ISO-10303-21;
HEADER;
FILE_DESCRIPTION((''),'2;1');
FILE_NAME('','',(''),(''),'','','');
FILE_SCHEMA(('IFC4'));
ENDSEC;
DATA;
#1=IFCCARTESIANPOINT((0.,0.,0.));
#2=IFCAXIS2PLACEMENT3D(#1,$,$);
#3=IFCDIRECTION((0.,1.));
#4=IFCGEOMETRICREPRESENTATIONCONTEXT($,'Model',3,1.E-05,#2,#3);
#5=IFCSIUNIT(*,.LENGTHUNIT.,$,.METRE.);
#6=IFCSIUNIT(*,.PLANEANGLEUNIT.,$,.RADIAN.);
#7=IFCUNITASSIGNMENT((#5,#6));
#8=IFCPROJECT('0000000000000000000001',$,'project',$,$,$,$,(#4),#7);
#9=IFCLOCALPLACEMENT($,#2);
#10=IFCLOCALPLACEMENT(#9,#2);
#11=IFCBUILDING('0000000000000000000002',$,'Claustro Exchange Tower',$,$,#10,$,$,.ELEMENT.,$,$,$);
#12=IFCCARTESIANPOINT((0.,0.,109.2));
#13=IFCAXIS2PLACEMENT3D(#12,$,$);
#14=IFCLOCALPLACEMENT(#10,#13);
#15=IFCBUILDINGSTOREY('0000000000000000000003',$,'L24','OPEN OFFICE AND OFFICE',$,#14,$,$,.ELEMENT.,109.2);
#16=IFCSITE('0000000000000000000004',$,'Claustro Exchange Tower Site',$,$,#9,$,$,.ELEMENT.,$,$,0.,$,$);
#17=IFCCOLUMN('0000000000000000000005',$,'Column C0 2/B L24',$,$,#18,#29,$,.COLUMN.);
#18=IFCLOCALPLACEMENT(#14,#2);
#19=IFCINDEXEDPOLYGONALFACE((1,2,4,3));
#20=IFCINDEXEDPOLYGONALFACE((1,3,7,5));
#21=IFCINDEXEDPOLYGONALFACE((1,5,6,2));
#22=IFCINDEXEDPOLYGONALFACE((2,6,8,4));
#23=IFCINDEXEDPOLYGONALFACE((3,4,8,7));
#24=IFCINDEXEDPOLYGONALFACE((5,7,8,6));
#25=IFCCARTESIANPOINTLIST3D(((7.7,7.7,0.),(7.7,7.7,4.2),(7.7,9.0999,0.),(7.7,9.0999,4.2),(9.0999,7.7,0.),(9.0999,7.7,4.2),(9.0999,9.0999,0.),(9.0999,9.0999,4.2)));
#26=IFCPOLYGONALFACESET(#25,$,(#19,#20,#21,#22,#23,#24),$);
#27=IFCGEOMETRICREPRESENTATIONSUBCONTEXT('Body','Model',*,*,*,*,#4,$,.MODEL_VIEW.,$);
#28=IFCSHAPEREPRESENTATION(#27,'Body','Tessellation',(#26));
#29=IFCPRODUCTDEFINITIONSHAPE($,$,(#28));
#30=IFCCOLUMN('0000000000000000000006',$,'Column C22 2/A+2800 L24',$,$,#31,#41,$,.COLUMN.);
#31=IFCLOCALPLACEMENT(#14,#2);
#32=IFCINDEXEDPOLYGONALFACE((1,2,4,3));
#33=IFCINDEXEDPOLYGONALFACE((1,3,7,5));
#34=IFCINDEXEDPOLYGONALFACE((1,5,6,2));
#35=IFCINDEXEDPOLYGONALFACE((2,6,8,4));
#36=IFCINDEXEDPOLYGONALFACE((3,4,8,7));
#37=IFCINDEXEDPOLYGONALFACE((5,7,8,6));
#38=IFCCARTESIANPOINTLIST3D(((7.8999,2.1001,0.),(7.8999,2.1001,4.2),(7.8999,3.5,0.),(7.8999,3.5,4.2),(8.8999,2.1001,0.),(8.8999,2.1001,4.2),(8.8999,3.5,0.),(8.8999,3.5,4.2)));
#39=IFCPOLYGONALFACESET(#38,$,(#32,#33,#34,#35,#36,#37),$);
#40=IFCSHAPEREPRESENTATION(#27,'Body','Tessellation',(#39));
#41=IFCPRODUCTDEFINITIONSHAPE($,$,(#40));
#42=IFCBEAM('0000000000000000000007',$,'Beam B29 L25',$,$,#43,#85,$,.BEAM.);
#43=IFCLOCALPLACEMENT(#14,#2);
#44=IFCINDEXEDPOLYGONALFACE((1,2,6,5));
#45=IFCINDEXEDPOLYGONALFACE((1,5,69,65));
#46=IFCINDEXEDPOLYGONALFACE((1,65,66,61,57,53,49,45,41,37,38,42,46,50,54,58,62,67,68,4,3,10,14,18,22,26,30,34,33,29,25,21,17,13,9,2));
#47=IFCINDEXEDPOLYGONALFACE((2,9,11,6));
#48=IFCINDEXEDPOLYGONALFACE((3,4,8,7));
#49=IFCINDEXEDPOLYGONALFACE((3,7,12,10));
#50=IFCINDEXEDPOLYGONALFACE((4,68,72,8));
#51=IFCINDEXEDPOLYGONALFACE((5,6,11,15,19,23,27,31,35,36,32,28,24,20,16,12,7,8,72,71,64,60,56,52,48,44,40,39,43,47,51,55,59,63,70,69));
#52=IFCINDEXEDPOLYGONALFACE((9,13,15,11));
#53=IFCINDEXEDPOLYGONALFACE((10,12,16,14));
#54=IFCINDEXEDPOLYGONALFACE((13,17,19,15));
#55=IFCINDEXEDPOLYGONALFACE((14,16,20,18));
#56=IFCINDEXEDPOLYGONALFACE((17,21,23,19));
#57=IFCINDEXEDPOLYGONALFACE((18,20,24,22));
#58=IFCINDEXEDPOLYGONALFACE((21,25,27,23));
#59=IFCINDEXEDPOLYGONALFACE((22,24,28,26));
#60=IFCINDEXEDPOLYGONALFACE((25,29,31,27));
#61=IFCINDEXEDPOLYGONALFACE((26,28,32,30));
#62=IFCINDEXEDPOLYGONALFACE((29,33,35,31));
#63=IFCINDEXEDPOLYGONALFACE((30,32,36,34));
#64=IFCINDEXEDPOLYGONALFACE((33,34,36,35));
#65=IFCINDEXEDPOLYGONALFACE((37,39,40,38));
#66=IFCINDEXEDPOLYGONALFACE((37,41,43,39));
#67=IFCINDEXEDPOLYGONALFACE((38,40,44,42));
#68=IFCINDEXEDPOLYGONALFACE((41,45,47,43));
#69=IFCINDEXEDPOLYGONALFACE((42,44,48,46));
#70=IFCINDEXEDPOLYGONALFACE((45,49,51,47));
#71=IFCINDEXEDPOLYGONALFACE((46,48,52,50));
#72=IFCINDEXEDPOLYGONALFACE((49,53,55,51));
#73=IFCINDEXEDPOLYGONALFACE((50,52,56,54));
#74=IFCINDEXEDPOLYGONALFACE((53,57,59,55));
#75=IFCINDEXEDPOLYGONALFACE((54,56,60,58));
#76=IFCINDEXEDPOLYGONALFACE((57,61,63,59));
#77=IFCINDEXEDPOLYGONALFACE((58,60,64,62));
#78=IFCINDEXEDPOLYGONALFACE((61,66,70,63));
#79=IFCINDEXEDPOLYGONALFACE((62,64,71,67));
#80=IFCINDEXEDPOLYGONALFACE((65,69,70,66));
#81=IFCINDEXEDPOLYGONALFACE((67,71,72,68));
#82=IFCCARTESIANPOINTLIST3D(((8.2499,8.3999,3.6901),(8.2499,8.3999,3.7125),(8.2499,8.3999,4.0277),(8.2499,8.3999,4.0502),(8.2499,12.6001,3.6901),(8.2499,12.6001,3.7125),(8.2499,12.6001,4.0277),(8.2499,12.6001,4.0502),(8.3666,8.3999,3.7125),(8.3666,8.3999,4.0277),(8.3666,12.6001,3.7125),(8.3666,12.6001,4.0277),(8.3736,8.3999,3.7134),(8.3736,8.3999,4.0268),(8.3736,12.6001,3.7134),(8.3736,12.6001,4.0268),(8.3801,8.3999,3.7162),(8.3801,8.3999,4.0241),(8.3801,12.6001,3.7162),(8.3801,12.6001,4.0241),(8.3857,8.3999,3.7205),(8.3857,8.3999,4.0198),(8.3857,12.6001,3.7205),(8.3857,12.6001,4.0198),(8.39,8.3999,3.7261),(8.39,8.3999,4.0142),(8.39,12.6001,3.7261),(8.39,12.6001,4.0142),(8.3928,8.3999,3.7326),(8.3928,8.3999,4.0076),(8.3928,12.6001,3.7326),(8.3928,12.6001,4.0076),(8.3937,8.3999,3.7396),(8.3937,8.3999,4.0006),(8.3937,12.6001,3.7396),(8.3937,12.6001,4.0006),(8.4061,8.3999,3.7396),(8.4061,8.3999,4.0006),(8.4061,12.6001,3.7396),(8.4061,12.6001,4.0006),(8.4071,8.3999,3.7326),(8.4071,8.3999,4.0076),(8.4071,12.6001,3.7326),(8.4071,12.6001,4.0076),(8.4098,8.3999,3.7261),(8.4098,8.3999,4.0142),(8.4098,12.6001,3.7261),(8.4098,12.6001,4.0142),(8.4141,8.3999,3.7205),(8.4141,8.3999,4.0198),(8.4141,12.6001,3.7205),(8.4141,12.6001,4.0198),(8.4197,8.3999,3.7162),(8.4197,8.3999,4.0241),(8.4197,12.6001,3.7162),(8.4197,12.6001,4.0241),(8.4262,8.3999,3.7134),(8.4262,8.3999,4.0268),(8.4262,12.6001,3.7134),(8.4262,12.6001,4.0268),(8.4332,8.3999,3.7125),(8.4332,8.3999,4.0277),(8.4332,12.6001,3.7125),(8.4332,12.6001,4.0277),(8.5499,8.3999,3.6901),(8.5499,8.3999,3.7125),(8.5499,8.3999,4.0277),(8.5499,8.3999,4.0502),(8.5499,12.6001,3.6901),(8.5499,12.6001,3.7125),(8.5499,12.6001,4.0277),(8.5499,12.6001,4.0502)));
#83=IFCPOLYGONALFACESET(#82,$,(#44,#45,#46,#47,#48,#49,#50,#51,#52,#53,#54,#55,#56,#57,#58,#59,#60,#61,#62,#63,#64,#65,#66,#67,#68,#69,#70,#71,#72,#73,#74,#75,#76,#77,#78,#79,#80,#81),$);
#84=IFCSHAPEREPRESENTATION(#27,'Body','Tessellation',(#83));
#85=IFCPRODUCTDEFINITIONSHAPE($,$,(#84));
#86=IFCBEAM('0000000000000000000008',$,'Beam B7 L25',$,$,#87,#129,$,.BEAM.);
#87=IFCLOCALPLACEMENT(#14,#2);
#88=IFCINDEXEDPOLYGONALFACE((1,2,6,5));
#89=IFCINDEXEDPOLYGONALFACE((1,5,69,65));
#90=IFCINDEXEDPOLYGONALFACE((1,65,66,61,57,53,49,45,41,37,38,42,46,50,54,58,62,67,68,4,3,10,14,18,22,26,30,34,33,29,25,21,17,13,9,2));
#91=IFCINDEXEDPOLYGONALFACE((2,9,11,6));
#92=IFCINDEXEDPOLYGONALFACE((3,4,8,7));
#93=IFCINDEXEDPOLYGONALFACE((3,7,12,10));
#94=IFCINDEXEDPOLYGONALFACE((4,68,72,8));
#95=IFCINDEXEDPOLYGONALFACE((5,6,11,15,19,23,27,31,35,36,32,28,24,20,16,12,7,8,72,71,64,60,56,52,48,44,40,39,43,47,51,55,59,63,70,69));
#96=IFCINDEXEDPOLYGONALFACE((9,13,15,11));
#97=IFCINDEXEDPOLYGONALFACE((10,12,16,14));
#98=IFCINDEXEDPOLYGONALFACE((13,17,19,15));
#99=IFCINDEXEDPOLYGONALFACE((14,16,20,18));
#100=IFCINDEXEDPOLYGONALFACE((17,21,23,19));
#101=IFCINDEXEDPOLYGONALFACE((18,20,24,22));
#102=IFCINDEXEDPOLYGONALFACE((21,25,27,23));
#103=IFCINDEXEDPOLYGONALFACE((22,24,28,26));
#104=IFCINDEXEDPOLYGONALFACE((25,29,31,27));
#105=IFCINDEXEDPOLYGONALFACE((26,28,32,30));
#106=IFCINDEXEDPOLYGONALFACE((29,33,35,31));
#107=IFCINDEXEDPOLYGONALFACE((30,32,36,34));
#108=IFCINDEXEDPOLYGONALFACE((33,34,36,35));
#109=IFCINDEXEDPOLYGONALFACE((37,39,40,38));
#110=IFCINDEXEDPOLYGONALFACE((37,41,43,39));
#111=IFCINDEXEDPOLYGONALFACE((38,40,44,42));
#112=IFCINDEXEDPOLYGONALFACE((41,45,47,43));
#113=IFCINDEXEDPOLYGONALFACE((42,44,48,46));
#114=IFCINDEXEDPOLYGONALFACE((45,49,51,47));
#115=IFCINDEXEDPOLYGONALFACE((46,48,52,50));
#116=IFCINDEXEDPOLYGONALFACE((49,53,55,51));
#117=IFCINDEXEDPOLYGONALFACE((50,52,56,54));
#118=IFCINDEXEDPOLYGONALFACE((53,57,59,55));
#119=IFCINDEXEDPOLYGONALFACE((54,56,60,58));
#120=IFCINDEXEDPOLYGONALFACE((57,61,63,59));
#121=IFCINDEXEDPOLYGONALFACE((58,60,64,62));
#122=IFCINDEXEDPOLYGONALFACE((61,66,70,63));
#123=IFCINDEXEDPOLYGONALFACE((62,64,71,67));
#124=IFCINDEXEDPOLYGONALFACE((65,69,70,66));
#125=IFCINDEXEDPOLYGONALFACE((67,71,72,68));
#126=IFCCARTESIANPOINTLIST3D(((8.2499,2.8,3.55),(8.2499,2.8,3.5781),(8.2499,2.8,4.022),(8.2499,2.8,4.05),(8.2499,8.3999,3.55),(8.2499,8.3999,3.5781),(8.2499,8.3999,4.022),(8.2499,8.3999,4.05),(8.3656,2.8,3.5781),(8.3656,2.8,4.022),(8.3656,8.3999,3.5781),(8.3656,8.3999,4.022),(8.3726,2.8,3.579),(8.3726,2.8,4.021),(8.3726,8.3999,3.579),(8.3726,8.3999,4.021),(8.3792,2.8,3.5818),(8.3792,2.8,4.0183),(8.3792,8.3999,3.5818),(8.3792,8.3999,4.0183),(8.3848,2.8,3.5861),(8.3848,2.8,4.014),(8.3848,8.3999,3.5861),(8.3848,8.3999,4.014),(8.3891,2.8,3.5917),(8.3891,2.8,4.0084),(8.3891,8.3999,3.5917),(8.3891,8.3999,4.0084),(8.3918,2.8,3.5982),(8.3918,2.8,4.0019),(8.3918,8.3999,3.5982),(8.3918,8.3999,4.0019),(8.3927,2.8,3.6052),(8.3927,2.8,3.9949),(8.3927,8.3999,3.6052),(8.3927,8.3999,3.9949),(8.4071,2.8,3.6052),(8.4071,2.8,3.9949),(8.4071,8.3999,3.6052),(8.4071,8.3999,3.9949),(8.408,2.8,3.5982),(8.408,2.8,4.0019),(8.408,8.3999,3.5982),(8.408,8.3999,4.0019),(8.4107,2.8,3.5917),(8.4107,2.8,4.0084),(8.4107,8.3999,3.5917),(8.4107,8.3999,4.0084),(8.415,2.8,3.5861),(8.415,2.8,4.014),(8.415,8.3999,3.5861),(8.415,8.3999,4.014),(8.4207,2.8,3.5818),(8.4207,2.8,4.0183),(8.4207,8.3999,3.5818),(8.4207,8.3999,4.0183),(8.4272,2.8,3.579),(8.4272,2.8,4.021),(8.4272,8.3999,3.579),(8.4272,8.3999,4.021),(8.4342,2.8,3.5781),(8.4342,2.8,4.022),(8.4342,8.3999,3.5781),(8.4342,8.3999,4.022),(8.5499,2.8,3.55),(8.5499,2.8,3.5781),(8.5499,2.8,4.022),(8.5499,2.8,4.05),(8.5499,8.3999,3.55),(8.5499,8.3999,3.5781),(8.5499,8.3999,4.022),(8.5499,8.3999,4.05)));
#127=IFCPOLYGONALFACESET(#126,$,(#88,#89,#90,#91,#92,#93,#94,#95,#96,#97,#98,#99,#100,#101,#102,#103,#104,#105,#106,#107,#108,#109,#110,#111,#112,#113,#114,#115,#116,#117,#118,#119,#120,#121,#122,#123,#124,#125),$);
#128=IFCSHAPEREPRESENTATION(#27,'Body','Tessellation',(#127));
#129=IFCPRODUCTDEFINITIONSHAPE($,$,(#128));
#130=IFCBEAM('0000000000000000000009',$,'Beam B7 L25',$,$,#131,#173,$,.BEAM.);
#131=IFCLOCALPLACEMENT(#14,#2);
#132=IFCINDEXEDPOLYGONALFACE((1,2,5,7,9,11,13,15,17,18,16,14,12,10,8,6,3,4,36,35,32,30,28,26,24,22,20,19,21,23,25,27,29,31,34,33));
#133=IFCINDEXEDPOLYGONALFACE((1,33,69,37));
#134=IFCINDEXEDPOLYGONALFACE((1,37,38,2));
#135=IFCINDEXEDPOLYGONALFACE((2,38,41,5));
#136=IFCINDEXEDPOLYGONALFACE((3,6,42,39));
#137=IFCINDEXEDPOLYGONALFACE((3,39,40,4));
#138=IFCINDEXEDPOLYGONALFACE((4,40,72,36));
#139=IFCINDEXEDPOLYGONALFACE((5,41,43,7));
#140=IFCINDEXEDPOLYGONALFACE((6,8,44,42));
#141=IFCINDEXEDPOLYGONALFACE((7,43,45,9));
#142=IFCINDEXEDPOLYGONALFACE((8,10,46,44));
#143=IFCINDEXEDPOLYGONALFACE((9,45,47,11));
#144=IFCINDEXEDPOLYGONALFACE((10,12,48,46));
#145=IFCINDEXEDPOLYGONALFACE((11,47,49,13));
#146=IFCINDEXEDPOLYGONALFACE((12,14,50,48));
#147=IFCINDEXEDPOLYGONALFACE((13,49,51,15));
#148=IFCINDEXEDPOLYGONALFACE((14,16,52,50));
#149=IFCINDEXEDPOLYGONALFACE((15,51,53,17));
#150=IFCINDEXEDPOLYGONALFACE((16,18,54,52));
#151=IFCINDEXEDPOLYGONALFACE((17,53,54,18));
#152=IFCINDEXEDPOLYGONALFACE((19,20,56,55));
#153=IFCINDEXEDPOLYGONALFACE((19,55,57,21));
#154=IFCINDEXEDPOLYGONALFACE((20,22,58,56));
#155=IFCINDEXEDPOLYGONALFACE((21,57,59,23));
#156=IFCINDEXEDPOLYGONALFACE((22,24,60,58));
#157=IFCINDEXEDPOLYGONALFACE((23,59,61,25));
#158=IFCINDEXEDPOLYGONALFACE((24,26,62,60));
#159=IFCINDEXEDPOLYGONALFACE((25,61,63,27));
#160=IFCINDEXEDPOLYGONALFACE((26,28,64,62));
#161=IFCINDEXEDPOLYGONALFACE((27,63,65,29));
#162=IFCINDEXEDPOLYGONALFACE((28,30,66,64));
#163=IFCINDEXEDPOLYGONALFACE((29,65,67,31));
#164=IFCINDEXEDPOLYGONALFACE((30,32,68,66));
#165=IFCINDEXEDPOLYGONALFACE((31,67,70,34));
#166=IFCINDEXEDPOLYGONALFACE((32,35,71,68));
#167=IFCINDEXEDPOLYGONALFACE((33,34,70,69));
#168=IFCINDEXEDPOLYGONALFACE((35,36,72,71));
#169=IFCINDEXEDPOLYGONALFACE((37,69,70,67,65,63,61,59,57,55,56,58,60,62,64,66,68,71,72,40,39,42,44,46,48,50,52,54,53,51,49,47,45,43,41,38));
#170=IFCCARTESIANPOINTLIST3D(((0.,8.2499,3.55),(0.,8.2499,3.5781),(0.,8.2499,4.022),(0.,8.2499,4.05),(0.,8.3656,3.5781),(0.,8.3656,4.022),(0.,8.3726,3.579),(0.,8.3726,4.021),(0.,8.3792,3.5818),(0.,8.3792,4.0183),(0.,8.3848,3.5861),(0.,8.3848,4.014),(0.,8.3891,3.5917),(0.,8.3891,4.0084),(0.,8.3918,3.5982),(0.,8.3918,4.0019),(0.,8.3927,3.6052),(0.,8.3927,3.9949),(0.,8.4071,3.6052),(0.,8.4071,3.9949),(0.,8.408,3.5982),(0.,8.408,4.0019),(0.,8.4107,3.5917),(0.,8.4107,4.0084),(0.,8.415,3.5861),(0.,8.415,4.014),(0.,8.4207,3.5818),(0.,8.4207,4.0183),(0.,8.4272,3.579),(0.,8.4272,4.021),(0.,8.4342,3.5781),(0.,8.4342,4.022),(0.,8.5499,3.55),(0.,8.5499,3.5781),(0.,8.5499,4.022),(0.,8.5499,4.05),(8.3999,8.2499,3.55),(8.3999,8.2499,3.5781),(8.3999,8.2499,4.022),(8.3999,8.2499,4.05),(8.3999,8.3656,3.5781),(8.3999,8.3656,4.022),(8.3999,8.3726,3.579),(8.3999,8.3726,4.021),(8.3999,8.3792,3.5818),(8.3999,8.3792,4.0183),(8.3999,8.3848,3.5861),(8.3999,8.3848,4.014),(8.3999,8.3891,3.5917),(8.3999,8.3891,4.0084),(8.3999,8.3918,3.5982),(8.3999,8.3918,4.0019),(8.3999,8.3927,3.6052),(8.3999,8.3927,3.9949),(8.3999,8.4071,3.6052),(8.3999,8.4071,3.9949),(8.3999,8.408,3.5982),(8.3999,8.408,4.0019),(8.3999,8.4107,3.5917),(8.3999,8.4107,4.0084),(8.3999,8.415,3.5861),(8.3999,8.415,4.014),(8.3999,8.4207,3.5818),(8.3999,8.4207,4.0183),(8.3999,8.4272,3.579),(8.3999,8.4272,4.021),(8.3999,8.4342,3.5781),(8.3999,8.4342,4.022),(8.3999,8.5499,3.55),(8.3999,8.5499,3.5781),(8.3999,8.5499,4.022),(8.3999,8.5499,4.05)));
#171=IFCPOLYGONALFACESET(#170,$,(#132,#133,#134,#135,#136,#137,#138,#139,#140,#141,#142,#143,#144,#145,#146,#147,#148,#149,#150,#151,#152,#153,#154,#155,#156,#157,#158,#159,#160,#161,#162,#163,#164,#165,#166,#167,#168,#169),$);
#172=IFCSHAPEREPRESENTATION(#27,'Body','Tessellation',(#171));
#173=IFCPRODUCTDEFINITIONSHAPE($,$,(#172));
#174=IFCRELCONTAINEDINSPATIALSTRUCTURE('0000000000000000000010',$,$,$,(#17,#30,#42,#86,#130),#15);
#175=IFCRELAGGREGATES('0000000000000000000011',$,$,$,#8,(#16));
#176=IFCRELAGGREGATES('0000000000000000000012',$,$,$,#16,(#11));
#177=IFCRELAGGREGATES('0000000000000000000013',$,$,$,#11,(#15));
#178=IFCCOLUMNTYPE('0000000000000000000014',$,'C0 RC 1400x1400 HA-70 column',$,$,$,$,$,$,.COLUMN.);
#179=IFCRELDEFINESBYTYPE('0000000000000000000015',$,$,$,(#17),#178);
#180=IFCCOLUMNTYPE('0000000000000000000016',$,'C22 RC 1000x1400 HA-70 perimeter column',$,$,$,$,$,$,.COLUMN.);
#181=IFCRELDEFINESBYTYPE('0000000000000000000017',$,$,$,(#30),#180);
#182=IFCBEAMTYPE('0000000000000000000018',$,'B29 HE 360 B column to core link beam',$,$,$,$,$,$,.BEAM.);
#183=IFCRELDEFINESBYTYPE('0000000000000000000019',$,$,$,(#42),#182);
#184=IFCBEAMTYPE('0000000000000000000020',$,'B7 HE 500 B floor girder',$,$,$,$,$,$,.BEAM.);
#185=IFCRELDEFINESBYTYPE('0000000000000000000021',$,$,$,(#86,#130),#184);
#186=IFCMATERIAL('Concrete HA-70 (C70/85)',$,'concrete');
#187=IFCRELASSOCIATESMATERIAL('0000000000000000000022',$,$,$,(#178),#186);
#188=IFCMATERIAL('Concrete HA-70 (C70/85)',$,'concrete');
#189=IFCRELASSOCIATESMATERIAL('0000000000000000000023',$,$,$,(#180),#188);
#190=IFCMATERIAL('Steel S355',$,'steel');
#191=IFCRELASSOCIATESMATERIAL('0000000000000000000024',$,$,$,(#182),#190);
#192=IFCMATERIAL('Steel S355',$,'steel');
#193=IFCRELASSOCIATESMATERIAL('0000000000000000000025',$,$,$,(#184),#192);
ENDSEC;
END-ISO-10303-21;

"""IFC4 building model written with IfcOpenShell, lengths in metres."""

from ifc_helpers import new_model, si_unit, direction, frame, origin, origin_2d, place, context, subcontext, project, spatial, rectangle, i_section, extrude, material, material_profile, profile_set, type_object, element, save


model = new_model("IFC4")

# Units and contexts
model_context = context("Model", 3, precision=1e-05, world=origin(), true_north=direction((0.0, 1.0)))
body_context = subcontext(model_context, "Body", "Model", "MODEL_VIEW")
ifc_project = project(units=[si_unit("LENGTHUNIT", "METRE"), si_unit("PLANEANGLEUNIT", "RADIAN")], contexts=[model_context])

# Site, building, storey
site_placement = place(None, origin())
site = spatial("IfcSite", under=ifc_project, at=site_placement, Name="Claustro Exchange Tower Site", CompositionType="ELEMENT", RefElevation=0.0)
building_placement = place(site_placement, origin())
building = spatial("IfcBuilding", under=site, at=building_placement, Name="Claustro Exchange Tower", CompositionType="ELEMENT")
storey_placement = place(building_placement, frame((0.0, 0.0, 109.2)))
storey = spatial("IfcBuildingStorey", under=building, at=storey_placement, Name="L24", Description="OPEN OFFICE AND OFFICE", CompositionType="ELEMENT", Elevation=109.2)

# Columns
ifc_material_1 = material(Name="Concrete HA-70 (C70/85)", Category="concrete")
ifc_material_profile_1 = material_profile(ifc_material_1, rectangle(XDim=1.3999, YDim=1.3999, at=origin_2d()), Name="RC 1400x1400")
ifc_profile_set_1 = profile_set([ifc_material_profile_1], Name="Concrete HA-70 (C70/85)")
column_type_1 = type_object("IfcColumnType", Name="C0 RC 1400x1400 HA-70 column", PredefinedType="COLUMN", material=ifc_profile_set_1)
column_1_placement = place(storey_placement, frame((8.3999, 8.3999, 0.0), z_axis=(0.0, 0.0, 1.0), x_axis=(1.0, 0.0, 0.0)))
element("IfcColumn", 1, at=column_1_placement, inside=storey, type_object=column_type_1, Name="Column C0 2/B L24", PredefinedType="COLUMN", context=body_context, shape_type="SweptSolid", body=[
    extrude(rectangle(XDim=1.3999, YDim=1.3999, at=origin_2d()), origin(), (0.0, 0.0, 1.0), 4.2),
])
ifc_material_2 = material(Name="Concrete HA-70 (C70/85)", Category="concrete")
ifc_material_profile_2 = material_profile(ifc_material_2, rectangle(XDim=1.0, YDim=1.3999, at=origin_2d()), Name="RC 1000x1400")
ifc_profile_set_2 = profile_set([ifc_material_profile_2], Name="Concrete HA-70 (C70/85)")
column_type_2 = type_object("IfcColumnType", Name="C22 RC 1000x1400 HA-70 perimeter column", PredefinedType="COLUMN", material=ifc_profile_set_2)
column_2_placement = place(storey_placement, frame((8.3999, 2.8, 0.0), z_axis=(0.0, 0.0, 1.0), x_axis=(1.0, 0.0, 0.0)))
element("IfcColumn", 2, at=column_2_placement, inside=storey, type_object=column_type_2, Name="Column C22 2/A+2800 L24", PredefinedType="COLUMN", context=body_context, shape_type="SweptSolid", body=[
    extrude(rectangle(XDim=1.0, YDim=1.3999, at=origin_2d()), origin(), (0.0, 0.0, 1.0), 4.2),
])

# Beams
ifc_material_3 = material(Name="Steel S355", Category="steel")
ifc_material_profile_3 = material_profile(ifc_material_3, i_section(OverallWidth=0.3, OverallDepth=0.3601, WebThickness=0.0125, FlangeThickness=0.0225, FilletRadius=0.0271, at=origin_2d()), Name="HE 360 B")
ifc_profile_set_3 = profile_set([ifc_material_profile_3], Name="Steel S355")
beam_type_1 = type_object("IfcBeamType", Name="B29 HE 360 B column to core link beam", PredefinedType="BEAM", material=ifc_profile_set_3)
beam_1_placement = place(storey_placement, frame((8.3999, 8.3999, 3.8701), z_axis=(0.0, 1.0, 0.0), x_axis=(-1.0, 0.0, 0.0)))
element("IfcBeam", 3, at=beam_1_placement, inside=storey, type_object=beam_type_1, Name="Beam B29 L25", PredefinedType="BEAM", context=body_context, shape_type="SweptSolid", body=[
    extrude(i_section(OverallWidth=0.3, OverallDepth=0.3601, WebThickness=0.0125, FlangeThickness=0.0225, FilletRadius=0.0271, at=origin_2d()), origin(), (0.0, 0.0, 1.0), 4.2002),
])
ifc_material_4 = material(Name="Steel S355", Category="steel")
ifc_material_profile_4 = material_profile(ifc_material_4, i_section(OverallWidth=0.3, OverallDepth=0.5, WebThickness=0.0144, FlangeThickness=0.0281, FilletRadius=0.0271, at=origin_2d()), Name="HE 500 B")
ifc_profile_set_4 = profile_set([ifc_material_profile_4], Name="Steel S355")
beam_type_2 = type_object("IfcBeamType", Name="B7 HE 500 B floor girder", PredefinedType="BEAM", material=ifc_profile_set_4)
beam_2_placement = place(storey_placement, frame((8.3999, 2.8, 3.8), z_axis=(0.0, 1.0, 0.0), x_axis=(-1.0, 0.0, 0.0)))
element("IfcBeam", 4, at=beam_2_placement, inside=storey, type_object=beam_type_2, Name="Beam B7 L25", PredefinedType="BEAM", context=body_context, shape_type="SweptSolid", body=[
    extrude(i_section(OverallWidth=0.3, OverallDepth=0.5, WebThickness=0.0144, FlangeThickness=0.0281, FilletRadius=0.0271, at=origin_2d()), origin(), (0.0, 0.0, 1.0), 5.5999),
])
beam_3_placement = place(storey_placement, frame((0.0, 8.3999, 3.8), z_axis=(1.0, 0.0, 0.0), x_axis=(0.0, 1.0, 0.0)))
element("IfcBeam", 5, at=beam_3_placement, inside=storey, type_object=beam_type_2, Name="Beam B7 L25", PredefinedType="BEAM", context=body_context, shape_type="SweptSolid", body=[
    extrude(i_section(OverallWidth=0.3, OverallDepth=0.5, WebThickness=0.0144, FlangeThickness=0.0281, FilletRadius=0.0271, at=origin_2d()), origin(), (0.0, 0.0, 1.0), 8.3999),
])

save(model, "model.ifc")
